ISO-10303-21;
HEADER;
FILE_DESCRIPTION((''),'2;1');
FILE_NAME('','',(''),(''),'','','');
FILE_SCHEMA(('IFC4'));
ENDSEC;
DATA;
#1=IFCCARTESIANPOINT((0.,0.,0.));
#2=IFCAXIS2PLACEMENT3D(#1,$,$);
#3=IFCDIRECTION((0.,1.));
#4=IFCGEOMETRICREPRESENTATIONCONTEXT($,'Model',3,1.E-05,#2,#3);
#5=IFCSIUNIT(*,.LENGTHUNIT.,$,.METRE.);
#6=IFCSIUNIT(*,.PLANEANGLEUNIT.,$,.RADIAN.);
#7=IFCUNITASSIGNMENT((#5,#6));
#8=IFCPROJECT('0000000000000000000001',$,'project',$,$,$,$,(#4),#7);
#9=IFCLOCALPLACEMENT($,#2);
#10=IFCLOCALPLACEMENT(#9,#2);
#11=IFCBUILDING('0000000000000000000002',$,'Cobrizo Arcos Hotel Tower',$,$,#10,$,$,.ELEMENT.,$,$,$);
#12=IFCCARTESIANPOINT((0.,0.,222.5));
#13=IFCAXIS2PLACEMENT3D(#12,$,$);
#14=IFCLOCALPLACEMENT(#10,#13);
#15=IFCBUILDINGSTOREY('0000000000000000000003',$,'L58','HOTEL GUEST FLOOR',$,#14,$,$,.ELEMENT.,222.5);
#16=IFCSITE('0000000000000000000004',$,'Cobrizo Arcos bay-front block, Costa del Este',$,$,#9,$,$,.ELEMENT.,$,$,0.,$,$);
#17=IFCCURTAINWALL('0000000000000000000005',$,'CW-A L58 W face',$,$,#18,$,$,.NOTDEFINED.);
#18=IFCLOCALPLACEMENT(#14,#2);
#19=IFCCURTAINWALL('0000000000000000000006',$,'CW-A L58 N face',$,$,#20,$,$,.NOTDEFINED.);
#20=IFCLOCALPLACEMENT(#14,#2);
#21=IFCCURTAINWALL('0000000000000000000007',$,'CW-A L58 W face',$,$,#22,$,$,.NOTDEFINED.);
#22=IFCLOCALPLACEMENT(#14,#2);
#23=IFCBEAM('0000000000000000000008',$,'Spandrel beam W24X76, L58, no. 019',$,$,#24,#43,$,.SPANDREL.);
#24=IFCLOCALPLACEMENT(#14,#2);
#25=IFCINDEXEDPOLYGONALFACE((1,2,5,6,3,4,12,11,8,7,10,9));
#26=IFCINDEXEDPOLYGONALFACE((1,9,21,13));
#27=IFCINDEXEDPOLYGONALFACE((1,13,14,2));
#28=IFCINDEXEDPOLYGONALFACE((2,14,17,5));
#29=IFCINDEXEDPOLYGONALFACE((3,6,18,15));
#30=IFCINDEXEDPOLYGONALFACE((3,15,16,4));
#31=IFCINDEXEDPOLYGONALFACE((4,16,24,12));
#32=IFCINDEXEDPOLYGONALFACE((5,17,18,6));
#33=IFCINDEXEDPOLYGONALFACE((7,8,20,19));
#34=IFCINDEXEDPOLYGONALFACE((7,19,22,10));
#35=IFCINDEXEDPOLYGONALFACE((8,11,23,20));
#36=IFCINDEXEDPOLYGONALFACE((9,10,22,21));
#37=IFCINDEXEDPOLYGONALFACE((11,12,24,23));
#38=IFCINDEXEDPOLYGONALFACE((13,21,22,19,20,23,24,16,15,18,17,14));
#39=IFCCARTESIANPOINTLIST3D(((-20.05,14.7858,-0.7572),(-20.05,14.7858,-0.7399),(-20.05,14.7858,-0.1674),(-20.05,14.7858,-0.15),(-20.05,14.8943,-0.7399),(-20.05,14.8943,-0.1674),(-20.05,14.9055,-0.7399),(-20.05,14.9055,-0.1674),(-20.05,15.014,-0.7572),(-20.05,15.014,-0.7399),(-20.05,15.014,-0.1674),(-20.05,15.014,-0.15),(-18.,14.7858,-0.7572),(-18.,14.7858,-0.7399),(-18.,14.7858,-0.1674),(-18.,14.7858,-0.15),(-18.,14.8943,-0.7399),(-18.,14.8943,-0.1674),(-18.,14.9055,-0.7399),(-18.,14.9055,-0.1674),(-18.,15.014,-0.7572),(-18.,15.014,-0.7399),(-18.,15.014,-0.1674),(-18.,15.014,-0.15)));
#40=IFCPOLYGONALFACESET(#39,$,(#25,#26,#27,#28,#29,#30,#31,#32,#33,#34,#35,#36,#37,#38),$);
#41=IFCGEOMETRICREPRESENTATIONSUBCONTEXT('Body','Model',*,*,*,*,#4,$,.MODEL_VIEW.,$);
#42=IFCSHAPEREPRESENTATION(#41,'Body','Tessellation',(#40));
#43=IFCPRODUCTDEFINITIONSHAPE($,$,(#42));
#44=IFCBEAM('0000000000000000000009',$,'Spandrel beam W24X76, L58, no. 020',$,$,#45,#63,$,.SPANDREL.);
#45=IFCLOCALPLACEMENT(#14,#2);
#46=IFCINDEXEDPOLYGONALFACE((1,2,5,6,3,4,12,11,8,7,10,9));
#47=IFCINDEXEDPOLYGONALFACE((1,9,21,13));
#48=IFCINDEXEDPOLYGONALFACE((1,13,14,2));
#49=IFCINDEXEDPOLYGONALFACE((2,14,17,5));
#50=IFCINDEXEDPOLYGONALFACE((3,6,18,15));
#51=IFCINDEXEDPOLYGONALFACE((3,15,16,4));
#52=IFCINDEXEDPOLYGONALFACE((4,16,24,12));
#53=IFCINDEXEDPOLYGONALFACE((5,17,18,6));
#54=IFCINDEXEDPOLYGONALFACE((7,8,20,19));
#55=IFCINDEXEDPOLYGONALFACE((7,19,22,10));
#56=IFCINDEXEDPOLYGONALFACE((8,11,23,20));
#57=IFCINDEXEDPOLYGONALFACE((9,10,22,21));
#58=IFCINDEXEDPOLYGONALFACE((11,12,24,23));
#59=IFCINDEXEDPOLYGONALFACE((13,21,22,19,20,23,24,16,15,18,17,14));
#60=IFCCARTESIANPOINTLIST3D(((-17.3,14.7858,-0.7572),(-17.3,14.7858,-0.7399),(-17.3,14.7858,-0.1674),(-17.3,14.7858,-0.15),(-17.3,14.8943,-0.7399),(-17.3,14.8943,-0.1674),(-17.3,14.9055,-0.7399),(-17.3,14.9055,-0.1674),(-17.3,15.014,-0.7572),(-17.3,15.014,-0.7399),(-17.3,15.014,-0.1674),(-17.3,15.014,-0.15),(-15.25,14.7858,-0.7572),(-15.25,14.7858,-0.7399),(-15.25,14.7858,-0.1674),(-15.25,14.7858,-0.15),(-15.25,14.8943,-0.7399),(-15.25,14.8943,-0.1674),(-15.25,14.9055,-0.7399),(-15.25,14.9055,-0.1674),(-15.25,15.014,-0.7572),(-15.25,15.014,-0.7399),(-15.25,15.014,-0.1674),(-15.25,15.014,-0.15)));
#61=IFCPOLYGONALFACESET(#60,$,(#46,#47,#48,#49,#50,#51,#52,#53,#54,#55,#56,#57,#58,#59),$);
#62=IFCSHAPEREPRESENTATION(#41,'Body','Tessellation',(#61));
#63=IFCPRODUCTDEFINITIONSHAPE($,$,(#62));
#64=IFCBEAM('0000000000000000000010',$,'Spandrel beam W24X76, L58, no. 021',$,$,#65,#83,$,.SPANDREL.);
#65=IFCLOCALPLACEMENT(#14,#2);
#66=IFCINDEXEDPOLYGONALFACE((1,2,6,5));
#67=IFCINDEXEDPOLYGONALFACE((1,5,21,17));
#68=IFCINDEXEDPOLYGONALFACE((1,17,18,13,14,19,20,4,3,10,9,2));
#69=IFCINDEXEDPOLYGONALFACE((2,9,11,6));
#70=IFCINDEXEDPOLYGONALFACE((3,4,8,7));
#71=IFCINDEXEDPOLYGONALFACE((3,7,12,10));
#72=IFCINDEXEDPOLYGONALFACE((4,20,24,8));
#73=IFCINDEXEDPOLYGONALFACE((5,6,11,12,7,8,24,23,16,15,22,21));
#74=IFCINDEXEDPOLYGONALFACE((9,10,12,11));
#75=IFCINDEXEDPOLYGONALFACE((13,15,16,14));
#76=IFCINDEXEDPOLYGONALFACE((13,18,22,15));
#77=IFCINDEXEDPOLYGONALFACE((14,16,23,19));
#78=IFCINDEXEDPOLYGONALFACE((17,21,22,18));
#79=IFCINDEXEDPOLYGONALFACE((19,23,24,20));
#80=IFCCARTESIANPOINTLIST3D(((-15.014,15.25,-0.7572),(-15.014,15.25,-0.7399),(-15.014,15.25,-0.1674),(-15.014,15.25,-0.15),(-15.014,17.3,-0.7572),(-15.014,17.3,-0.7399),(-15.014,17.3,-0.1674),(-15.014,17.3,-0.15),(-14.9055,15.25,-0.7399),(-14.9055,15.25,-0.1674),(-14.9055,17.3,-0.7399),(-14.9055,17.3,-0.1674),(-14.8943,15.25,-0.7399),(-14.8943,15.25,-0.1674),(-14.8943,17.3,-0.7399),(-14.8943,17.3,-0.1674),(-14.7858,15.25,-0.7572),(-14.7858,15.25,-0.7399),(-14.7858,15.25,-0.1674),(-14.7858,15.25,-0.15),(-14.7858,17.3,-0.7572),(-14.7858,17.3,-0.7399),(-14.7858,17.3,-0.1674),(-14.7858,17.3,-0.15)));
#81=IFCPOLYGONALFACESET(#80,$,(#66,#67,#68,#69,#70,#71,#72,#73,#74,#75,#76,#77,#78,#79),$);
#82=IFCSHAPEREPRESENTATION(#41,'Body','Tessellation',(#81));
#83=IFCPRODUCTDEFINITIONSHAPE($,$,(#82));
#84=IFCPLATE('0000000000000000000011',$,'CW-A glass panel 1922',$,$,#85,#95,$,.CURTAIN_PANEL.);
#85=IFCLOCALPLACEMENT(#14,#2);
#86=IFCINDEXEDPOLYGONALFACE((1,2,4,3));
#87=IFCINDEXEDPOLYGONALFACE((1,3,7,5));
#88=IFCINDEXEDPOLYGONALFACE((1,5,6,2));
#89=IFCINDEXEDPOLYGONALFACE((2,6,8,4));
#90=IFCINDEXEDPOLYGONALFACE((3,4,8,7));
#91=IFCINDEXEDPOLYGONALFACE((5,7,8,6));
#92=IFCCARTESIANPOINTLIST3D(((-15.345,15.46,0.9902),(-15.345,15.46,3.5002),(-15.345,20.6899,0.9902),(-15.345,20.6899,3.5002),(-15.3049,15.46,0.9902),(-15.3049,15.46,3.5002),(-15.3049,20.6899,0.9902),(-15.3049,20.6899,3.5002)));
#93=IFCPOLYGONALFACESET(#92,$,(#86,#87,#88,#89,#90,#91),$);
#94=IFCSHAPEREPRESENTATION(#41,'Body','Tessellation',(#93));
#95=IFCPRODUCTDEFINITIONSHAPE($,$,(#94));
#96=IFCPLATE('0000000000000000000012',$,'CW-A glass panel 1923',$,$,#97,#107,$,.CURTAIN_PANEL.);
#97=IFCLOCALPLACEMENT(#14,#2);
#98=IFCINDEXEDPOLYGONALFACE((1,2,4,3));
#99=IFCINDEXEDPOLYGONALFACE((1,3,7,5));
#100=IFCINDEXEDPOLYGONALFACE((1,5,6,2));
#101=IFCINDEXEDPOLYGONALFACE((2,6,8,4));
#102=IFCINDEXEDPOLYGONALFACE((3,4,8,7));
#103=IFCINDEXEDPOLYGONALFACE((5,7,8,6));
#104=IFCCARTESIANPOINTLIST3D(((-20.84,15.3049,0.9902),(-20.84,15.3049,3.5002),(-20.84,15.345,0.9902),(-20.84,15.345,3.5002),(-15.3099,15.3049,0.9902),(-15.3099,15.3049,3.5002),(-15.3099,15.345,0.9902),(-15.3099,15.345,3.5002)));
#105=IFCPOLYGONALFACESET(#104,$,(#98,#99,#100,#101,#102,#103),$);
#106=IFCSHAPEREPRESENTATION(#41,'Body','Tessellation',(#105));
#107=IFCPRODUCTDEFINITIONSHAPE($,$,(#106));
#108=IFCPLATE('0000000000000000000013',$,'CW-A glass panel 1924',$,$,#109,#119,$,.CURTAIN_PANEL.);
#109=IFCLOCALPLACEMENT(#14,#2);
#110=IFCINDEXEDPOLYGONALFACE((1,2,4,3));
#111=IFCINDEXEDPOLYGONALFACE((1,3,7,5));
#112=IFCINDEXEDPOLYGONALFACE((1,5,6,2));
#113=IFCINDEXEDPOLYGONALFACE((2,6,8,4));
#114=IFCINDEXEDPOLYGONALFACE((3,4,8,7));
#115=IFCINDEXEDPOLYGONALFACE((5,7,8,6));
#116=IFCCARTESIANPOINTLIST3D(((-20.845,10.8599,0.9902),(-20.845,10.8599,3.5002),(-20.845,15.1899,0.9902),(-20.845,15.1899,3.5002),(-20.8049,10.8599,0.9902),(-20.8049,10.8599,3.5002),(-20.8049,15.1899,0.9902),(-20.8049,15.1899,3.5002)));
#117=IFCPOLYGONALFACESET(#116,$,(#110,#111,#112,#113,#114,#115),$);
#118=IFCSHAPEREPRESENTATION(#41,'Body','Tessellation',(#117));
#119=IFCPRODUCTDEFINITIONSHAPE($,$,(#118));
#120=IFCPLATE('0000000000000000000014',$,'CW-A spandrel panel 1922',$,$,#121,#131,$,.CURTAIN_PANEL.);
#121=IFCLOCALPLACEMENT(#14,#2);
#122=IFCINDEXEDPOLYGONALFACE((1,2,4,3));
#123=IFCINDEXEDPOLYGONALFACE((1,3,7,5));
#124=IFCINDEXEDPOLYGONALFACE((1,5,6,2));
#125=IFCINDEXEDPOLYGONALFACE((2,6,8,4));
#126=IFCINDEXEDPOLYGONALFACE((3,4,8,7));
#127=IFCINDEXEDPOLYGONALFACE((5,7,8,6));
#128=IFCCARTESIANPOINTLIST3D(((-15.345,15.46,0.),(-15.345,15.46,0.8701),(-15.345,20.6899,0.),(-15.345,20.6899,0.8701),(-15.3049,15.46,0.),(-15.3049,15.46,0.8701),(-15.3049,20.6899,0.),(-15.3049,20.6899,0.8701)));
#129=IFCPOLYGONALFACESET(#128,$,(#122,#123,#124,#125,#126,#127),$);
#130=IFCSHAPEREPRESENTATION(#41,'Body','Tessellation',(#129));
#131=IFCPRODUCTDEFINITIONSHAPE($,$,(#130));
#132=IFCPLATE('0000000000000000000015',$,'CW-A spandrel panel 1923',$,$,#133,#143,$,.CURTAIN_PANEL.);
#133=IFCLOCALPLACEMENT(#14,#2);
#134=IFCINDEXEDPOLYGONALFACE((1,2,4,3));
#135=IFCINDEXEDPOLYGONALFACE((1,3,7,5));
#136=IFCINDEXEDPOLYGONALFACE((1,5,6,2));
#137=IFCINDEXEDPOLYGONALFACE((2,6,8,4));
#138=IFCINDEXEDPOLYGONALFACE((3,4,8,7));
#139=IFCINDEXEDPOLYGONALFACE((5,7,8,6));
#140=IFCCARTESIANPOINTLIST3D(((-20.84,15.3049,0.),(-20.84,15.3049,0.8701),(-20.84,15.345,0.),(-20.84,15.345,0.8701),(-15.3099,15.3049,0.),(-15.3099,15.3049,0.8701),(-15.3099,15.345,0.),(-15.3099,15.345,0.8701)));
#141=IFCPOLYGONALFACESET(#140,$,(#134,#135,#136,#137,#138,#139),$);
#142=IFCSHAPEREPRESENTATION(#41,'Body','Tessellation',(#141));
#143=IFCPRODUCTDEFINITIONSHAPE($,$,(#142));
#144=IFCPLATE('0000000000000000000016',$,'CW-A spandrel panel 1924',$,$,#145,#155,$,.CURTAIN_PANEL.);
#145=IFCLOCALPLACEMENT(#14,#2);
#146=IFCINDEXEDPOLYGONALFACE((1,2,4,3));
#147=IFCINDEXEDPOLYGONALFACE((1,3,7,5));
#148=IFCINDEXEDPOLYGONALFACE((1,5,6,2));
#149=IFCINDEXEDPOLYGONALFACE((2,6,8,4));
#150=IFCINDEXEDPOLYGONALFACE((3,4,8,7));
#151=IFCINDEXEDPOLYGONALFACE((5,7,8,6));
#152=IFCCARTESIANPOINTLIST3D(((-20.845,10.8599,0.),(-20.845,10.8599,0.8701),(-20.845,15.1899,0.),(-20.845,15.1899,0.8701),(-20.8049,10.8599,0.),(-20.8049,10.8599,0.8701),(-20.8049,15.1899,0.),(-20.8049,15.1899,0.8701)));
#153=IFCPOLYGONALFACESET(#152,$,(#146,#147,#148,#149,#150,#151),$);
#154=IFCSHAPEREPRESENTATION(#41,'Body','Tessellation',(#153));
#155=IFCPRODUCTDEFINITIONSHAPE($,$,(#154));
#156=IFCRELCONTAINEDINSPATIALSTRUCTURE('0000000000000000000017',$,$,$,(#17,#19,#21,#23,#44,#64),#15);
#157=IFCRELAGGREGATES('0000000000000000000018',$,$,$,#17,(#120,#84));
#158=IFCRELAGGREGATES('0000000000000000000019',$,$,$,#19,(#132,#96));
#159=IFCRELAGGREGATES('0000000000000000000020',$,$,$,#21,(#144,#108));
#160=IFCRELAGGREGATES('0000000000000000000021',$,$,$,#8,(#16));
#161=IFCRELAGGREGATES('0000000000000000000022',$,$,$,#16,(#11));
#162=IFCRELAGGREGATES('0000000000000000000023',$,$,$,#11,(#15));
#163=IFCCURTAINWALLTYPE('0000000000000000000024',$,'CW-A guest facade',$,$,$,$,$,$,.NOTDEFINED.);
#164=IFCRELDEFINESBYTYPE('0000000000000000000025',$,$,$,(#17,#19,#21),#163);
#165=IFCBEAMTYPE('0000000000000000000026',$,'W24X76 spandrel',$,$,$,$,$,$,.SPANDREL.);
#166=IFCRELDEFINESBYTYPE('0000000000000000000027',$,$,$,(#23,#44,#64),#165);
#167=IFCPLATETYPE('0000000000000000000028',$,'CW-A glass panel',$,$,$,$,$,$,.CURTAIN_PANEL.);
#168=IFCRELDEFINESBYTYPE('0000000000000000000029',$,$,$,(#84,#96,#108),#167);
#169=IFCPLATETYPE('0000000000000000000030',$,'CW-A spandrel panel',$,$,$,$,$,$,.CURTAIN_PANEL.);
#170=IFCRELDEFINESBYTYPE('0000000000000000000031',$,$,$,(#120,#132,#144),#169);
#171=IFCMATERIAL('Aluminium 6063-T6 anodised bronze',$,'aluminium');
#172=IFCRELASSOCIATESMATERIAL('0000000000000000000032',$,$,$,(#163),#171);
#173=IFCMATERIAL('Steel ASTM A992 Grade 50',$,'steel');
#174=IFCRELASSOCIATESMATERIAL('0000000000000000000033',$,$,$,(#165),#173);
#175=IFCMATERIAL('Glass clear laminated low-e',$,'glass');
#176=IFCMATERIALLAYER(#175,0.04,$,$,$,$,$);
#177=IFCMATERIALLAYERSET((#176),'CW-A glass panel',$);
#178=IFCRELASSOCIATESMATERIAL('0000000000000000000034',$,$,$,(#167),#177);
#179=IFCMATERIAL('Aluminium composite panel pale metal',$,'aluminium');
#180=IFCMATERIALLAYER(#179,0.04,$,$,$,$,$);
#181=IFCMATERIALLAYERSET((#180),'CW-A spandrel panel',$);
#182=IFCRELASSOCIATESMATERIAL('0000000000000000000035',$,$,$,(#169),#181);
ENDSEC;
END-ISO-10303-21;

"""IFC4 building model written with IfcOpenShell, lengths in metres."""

from ifc_helpers import new_model, si_unit, direction, frame, origin, origin_2d, place, context, subcontext, project, spatial, rectangle, i_section, extrude, material, layer, layer_set, material_profile, profile_set, type_object, element, aggregate, save


model = new_model("IFC4")

# Units and contexts
model_context = context("Model", 3, precision=1e-05, world=origin(), true_north=direction((0.0, 1.0)))
body_context = subcontext(model_context, "Body", "Model", "MODEL_VIEW")
ifc_project = project(units=[si_unit("LENGTHUNIT", "METRE"), si_unit("PLANEANGLEUNIT", "RADIAN")], contexts=[model_context])

# Site, building, storey
site_placement = place(None, origin())
site = spatial("IfcSite", under=ifc_project, at=site_placement, Name="Cobrizo Arcos bay-front block, Costa del Este", CompositionType="ELEMENT", RefElevation=0.0)
building_placement = place(site_placement, origin())
building = spatial("IfcBuilding", under=site, at=building_placement, Name="Cobrizo Arcos Hotel Tower", CompositionType="ELEMENT")
storey_placement = place(building_placement, frame((0.0, 0.0, 222.5)))
storey = spatial("IfcBuildingStorey", under=building, at=storey_placement, Name="L58", Description="HOTEL GUEST FLOOR", CompositionType="ELEMENT", Elevation=222.5)

# Shared definitions
ifc_material_1 = material(Name="Aluminium 6063-T6 anodised bronze", Category="aluminium")
curtain_wall_type = type_object("IfcCurtainWallType", Name="CW-A guest facade", PredefinedType="NOTDEFINED", material=ifc_material_1)

# Curtain walls
curtain_wall_1_placement = place(storey_placement, origin())
curtain_wall_1 = element("IfcCurtainWall", 1, at=curtain_wall_1_placement, inside=storey, type_object=curtain_wall_type, Name="CW-A L58 W face", PredefinedType="NOTDEFINED")
curtain_wall_2_placement = place(storey_placement, origin())
curtain_wall_2 = element("IfcCurtainWall", 2, at=curtain_wall_2_placement, inside=storey, type_object=curtain_wall_type, Name="CW-A L58 N face", PredefinedType="NOTDEFINED")

# Curtain wall
curtain_wall_3_placement = place(storey_placement, origin())
curtain_wall_3 = element("IfcCurtainWall", 3, at=curtain_wall_3_placement, inside=storey, type_object=curtain_wall_type, Name="CW-A L58 W face", PredefinedType="NOTDEFINED")

# Beams
ifc_material_2 = material(Name="Steel ASTM A992 Grade 50", Category="steel")
ifc_material_profile_1 = material_profile(ifc_material_2, i_section(OverallWidth=0.2283, OverallDepth=0.6072, WebThickness=0.0112, FlangeThickness=0.0173, at=origin_2d()), Name="W24X76")
ifc_profile_set_1 = profile_set([ifc_material_profile_1], Name="Steel ASTM A992 Grade 50")
beam_type = type_object("IfcBeamType", Name="W24X76 spandrel", PredefinedType="SPANDREL", material=ifc_profile_set_1)
for number, where, z_axis, x_axis, name in (
    (4, (-20.05, 14.8999, -0.4536), (1.0, 0.0, 0.0), (0.0, 1.0, 0.0), "Spandrel beam W24X76, L58, no. 019"),
    (5, (-17.3, 14.8999, -0.4536), (1.0, 0.0, 0.0), (0.0, 1.0, 0.0), "Spandrel beam W24X76, L58, no. 020"),
    (6, (-14.8999, 15.25, -0.4536), (0.0, 1.0, 0.0), (-1.0, 0.0, 0.0), "Spandrel beam W24X76, L58, no. 021"),
):
    element("IfcBeam", number, at=place(storey_placement, frame(where, z_axis=z_axis, x_axis=x_axis)), inside=storey, type_object=beam_type, Name=name, PredefinedType="SPANDREL", context=body_context, shape_type="SweptSolid", body=[
        extrude(i_section(OverallWidth=0.2283, OverallDepth=0.6072, WebThickness=0.0112, FlangeThickness=0.0173, at=origin_2d()), origin(), (0.0, 0.0, 1.0), 2.05),
    ])

# Plates
ifc_material_3 = material(Name="Glass clear laminated low-e", Category="glass")
ifc_layer_1 = layer(ifc_material_3, 0.04)
ifc_layer_set_1 = layer_set([ifc_layer_1], Name="CW-A glass panel")
plate_type_1 = type_object("IfcPlateType", Name="CW-A glass panel", PredefinedType="CURTAIN_PANEL", material=ifc_layer_set_1)
plate_1_placement = place(storey_placement, frame((-15.325, 18.075, 0.9902), z_axis=(0.0, 0.0, 1.0), x_axis=(0.0, -1.0, 0.0)))
plate_1 = element("IfcPlate", 7, at=plate_1_placement, type_object=plate_type_1, Name="CW-A glass panel 1922", PredefinedType="CURTAIN_PANEL", context=body_context, shape_type="SweptSolid", body=[
    extrude(rectangle(XDim=5.23, YDim=0.04, at=origin_2d()), origin(), (0.0, 0.0, 1.0), 2.51),
])
plate_2_placement = place(storey_placement, frame((-18.075, 15.325, 0.9902), z_axis=(0.0, 0.0, 1.0), x_axis=(-1.0, 0.0, 0.0)))
plate_2 = element("IfcPlate", 8, at=plate_2_placement, type_object=plate_type_1, Name="CW-A glass panel 1923", PredefinedType="CURTAIN_PANEL", context=body_context, shape_type="SweptSolid", body=[
    extrude(rectangle(XDim=5.53, YDim=0.04, at=origin_2d()), origin(), (0.0, 0.0, 1.0), 2.51),
])
plate_3_placement = place(storey_placement, frame((-20.825, 13.0249, 0.9902), z_axis=(0.0, 0.0, 1.0), x_axis=(0.0, -1.0, 0.0)))
plate_3 = element("IfcPlate", 9, at=plate_3_placement, type_object=plate_type_1, Name="CW-A glass panel 1924", PredefinedType="CURTAIN_PANEL", context=body_context, shape_type="SweptSolid", body=[
    extrude(rectangle(XDim=4.3301, YDim=0.04, at=origin_2d()), origin(), (0.0, 0.0, 1.0), 2.51),
])
ifc_material_4 = material(Name="Aluminium composite panel pale metal", Category="aluminium")
ifc_layer_2 = layer(ifc_material_4, 0.04)
ifc_layer_set_2 = layer_set([ifc_layer_2], Name="CW-A spandrel panel")
plate_type_2 = type_object("IfcPlateType", Name="CW-A spandrel panel", PredefinedType="CURTAIN_PANEL", material=ifc_layer_set_2)
plate_4_placement = place(storey_placement, frame((-15.325, 18.075, 0.0), z_axis=(0.0, 0.0, 1.0), x_axis=(0.0, -1.0, 0.0)))
plate_4 = element("IfcPlate", 10, at=plate_4_placement, type_object=plate_type_2, Name="CW-A spandrel panel 1922", PredefinedType="CURTAIN_PANEL", context=body_context, shape_type="SweptSolid", body=[
    extrude(rectangle(XDim=5.23, YDim=0.04, at=origin_2d()), origin(), (0.0, 0.0, 1.0), 0.8701),
])
aggregate(curtain_wall_1, [plate_4, plate_1])
plate_5_placement = place(storey_placement, frame((-18.075, 15.325, 0.0), z_axis=(0.0, 0.0, 1.0), x_axis=(-1.0, 0.0, 0.0)))
plate_5 = element("IfcPlate", 11, at=plate_5_placement, type_object=plate_type_2, Name="CW-A spandrel panel 1923", PredefinedType="CURTAIN_PANEL", context=body_context, shape_type="SweptSolid", body=[
    extrude(rectangle(XDim=5.53, YDim=0.04, at=origin_2d()), origin(), (0.0, 0.0, 1.0), 0.8701),
])
aggregate(curtain_wall_2, [plate_5, plate_2])
plate_6_placement = place(storey_placement, frame((-20.825, 13.0249, 0.0), z_axis=(0.0, 0.0, 1.0), x_axis=(0.0, -1.0, 0.0)))
plate_6 = element("IfcPlate", 12, at=plate_6_placement, type_object=plate_type_2, Name="CW-A spandrel panel 1924", PredefinedType="CURTAIN_PANEL", context=body_context, shape_type="SweptSolid", body=[
    extrude(rectangle(XDim=4.3301, YDim=0.04, at=origin_2d()), origin(), (0.0, 0.0, 1.0), 0.8701),
])
aggregate(curtain_wall_3, [plate_6, plate_3])

save(model, "model.ifc")
